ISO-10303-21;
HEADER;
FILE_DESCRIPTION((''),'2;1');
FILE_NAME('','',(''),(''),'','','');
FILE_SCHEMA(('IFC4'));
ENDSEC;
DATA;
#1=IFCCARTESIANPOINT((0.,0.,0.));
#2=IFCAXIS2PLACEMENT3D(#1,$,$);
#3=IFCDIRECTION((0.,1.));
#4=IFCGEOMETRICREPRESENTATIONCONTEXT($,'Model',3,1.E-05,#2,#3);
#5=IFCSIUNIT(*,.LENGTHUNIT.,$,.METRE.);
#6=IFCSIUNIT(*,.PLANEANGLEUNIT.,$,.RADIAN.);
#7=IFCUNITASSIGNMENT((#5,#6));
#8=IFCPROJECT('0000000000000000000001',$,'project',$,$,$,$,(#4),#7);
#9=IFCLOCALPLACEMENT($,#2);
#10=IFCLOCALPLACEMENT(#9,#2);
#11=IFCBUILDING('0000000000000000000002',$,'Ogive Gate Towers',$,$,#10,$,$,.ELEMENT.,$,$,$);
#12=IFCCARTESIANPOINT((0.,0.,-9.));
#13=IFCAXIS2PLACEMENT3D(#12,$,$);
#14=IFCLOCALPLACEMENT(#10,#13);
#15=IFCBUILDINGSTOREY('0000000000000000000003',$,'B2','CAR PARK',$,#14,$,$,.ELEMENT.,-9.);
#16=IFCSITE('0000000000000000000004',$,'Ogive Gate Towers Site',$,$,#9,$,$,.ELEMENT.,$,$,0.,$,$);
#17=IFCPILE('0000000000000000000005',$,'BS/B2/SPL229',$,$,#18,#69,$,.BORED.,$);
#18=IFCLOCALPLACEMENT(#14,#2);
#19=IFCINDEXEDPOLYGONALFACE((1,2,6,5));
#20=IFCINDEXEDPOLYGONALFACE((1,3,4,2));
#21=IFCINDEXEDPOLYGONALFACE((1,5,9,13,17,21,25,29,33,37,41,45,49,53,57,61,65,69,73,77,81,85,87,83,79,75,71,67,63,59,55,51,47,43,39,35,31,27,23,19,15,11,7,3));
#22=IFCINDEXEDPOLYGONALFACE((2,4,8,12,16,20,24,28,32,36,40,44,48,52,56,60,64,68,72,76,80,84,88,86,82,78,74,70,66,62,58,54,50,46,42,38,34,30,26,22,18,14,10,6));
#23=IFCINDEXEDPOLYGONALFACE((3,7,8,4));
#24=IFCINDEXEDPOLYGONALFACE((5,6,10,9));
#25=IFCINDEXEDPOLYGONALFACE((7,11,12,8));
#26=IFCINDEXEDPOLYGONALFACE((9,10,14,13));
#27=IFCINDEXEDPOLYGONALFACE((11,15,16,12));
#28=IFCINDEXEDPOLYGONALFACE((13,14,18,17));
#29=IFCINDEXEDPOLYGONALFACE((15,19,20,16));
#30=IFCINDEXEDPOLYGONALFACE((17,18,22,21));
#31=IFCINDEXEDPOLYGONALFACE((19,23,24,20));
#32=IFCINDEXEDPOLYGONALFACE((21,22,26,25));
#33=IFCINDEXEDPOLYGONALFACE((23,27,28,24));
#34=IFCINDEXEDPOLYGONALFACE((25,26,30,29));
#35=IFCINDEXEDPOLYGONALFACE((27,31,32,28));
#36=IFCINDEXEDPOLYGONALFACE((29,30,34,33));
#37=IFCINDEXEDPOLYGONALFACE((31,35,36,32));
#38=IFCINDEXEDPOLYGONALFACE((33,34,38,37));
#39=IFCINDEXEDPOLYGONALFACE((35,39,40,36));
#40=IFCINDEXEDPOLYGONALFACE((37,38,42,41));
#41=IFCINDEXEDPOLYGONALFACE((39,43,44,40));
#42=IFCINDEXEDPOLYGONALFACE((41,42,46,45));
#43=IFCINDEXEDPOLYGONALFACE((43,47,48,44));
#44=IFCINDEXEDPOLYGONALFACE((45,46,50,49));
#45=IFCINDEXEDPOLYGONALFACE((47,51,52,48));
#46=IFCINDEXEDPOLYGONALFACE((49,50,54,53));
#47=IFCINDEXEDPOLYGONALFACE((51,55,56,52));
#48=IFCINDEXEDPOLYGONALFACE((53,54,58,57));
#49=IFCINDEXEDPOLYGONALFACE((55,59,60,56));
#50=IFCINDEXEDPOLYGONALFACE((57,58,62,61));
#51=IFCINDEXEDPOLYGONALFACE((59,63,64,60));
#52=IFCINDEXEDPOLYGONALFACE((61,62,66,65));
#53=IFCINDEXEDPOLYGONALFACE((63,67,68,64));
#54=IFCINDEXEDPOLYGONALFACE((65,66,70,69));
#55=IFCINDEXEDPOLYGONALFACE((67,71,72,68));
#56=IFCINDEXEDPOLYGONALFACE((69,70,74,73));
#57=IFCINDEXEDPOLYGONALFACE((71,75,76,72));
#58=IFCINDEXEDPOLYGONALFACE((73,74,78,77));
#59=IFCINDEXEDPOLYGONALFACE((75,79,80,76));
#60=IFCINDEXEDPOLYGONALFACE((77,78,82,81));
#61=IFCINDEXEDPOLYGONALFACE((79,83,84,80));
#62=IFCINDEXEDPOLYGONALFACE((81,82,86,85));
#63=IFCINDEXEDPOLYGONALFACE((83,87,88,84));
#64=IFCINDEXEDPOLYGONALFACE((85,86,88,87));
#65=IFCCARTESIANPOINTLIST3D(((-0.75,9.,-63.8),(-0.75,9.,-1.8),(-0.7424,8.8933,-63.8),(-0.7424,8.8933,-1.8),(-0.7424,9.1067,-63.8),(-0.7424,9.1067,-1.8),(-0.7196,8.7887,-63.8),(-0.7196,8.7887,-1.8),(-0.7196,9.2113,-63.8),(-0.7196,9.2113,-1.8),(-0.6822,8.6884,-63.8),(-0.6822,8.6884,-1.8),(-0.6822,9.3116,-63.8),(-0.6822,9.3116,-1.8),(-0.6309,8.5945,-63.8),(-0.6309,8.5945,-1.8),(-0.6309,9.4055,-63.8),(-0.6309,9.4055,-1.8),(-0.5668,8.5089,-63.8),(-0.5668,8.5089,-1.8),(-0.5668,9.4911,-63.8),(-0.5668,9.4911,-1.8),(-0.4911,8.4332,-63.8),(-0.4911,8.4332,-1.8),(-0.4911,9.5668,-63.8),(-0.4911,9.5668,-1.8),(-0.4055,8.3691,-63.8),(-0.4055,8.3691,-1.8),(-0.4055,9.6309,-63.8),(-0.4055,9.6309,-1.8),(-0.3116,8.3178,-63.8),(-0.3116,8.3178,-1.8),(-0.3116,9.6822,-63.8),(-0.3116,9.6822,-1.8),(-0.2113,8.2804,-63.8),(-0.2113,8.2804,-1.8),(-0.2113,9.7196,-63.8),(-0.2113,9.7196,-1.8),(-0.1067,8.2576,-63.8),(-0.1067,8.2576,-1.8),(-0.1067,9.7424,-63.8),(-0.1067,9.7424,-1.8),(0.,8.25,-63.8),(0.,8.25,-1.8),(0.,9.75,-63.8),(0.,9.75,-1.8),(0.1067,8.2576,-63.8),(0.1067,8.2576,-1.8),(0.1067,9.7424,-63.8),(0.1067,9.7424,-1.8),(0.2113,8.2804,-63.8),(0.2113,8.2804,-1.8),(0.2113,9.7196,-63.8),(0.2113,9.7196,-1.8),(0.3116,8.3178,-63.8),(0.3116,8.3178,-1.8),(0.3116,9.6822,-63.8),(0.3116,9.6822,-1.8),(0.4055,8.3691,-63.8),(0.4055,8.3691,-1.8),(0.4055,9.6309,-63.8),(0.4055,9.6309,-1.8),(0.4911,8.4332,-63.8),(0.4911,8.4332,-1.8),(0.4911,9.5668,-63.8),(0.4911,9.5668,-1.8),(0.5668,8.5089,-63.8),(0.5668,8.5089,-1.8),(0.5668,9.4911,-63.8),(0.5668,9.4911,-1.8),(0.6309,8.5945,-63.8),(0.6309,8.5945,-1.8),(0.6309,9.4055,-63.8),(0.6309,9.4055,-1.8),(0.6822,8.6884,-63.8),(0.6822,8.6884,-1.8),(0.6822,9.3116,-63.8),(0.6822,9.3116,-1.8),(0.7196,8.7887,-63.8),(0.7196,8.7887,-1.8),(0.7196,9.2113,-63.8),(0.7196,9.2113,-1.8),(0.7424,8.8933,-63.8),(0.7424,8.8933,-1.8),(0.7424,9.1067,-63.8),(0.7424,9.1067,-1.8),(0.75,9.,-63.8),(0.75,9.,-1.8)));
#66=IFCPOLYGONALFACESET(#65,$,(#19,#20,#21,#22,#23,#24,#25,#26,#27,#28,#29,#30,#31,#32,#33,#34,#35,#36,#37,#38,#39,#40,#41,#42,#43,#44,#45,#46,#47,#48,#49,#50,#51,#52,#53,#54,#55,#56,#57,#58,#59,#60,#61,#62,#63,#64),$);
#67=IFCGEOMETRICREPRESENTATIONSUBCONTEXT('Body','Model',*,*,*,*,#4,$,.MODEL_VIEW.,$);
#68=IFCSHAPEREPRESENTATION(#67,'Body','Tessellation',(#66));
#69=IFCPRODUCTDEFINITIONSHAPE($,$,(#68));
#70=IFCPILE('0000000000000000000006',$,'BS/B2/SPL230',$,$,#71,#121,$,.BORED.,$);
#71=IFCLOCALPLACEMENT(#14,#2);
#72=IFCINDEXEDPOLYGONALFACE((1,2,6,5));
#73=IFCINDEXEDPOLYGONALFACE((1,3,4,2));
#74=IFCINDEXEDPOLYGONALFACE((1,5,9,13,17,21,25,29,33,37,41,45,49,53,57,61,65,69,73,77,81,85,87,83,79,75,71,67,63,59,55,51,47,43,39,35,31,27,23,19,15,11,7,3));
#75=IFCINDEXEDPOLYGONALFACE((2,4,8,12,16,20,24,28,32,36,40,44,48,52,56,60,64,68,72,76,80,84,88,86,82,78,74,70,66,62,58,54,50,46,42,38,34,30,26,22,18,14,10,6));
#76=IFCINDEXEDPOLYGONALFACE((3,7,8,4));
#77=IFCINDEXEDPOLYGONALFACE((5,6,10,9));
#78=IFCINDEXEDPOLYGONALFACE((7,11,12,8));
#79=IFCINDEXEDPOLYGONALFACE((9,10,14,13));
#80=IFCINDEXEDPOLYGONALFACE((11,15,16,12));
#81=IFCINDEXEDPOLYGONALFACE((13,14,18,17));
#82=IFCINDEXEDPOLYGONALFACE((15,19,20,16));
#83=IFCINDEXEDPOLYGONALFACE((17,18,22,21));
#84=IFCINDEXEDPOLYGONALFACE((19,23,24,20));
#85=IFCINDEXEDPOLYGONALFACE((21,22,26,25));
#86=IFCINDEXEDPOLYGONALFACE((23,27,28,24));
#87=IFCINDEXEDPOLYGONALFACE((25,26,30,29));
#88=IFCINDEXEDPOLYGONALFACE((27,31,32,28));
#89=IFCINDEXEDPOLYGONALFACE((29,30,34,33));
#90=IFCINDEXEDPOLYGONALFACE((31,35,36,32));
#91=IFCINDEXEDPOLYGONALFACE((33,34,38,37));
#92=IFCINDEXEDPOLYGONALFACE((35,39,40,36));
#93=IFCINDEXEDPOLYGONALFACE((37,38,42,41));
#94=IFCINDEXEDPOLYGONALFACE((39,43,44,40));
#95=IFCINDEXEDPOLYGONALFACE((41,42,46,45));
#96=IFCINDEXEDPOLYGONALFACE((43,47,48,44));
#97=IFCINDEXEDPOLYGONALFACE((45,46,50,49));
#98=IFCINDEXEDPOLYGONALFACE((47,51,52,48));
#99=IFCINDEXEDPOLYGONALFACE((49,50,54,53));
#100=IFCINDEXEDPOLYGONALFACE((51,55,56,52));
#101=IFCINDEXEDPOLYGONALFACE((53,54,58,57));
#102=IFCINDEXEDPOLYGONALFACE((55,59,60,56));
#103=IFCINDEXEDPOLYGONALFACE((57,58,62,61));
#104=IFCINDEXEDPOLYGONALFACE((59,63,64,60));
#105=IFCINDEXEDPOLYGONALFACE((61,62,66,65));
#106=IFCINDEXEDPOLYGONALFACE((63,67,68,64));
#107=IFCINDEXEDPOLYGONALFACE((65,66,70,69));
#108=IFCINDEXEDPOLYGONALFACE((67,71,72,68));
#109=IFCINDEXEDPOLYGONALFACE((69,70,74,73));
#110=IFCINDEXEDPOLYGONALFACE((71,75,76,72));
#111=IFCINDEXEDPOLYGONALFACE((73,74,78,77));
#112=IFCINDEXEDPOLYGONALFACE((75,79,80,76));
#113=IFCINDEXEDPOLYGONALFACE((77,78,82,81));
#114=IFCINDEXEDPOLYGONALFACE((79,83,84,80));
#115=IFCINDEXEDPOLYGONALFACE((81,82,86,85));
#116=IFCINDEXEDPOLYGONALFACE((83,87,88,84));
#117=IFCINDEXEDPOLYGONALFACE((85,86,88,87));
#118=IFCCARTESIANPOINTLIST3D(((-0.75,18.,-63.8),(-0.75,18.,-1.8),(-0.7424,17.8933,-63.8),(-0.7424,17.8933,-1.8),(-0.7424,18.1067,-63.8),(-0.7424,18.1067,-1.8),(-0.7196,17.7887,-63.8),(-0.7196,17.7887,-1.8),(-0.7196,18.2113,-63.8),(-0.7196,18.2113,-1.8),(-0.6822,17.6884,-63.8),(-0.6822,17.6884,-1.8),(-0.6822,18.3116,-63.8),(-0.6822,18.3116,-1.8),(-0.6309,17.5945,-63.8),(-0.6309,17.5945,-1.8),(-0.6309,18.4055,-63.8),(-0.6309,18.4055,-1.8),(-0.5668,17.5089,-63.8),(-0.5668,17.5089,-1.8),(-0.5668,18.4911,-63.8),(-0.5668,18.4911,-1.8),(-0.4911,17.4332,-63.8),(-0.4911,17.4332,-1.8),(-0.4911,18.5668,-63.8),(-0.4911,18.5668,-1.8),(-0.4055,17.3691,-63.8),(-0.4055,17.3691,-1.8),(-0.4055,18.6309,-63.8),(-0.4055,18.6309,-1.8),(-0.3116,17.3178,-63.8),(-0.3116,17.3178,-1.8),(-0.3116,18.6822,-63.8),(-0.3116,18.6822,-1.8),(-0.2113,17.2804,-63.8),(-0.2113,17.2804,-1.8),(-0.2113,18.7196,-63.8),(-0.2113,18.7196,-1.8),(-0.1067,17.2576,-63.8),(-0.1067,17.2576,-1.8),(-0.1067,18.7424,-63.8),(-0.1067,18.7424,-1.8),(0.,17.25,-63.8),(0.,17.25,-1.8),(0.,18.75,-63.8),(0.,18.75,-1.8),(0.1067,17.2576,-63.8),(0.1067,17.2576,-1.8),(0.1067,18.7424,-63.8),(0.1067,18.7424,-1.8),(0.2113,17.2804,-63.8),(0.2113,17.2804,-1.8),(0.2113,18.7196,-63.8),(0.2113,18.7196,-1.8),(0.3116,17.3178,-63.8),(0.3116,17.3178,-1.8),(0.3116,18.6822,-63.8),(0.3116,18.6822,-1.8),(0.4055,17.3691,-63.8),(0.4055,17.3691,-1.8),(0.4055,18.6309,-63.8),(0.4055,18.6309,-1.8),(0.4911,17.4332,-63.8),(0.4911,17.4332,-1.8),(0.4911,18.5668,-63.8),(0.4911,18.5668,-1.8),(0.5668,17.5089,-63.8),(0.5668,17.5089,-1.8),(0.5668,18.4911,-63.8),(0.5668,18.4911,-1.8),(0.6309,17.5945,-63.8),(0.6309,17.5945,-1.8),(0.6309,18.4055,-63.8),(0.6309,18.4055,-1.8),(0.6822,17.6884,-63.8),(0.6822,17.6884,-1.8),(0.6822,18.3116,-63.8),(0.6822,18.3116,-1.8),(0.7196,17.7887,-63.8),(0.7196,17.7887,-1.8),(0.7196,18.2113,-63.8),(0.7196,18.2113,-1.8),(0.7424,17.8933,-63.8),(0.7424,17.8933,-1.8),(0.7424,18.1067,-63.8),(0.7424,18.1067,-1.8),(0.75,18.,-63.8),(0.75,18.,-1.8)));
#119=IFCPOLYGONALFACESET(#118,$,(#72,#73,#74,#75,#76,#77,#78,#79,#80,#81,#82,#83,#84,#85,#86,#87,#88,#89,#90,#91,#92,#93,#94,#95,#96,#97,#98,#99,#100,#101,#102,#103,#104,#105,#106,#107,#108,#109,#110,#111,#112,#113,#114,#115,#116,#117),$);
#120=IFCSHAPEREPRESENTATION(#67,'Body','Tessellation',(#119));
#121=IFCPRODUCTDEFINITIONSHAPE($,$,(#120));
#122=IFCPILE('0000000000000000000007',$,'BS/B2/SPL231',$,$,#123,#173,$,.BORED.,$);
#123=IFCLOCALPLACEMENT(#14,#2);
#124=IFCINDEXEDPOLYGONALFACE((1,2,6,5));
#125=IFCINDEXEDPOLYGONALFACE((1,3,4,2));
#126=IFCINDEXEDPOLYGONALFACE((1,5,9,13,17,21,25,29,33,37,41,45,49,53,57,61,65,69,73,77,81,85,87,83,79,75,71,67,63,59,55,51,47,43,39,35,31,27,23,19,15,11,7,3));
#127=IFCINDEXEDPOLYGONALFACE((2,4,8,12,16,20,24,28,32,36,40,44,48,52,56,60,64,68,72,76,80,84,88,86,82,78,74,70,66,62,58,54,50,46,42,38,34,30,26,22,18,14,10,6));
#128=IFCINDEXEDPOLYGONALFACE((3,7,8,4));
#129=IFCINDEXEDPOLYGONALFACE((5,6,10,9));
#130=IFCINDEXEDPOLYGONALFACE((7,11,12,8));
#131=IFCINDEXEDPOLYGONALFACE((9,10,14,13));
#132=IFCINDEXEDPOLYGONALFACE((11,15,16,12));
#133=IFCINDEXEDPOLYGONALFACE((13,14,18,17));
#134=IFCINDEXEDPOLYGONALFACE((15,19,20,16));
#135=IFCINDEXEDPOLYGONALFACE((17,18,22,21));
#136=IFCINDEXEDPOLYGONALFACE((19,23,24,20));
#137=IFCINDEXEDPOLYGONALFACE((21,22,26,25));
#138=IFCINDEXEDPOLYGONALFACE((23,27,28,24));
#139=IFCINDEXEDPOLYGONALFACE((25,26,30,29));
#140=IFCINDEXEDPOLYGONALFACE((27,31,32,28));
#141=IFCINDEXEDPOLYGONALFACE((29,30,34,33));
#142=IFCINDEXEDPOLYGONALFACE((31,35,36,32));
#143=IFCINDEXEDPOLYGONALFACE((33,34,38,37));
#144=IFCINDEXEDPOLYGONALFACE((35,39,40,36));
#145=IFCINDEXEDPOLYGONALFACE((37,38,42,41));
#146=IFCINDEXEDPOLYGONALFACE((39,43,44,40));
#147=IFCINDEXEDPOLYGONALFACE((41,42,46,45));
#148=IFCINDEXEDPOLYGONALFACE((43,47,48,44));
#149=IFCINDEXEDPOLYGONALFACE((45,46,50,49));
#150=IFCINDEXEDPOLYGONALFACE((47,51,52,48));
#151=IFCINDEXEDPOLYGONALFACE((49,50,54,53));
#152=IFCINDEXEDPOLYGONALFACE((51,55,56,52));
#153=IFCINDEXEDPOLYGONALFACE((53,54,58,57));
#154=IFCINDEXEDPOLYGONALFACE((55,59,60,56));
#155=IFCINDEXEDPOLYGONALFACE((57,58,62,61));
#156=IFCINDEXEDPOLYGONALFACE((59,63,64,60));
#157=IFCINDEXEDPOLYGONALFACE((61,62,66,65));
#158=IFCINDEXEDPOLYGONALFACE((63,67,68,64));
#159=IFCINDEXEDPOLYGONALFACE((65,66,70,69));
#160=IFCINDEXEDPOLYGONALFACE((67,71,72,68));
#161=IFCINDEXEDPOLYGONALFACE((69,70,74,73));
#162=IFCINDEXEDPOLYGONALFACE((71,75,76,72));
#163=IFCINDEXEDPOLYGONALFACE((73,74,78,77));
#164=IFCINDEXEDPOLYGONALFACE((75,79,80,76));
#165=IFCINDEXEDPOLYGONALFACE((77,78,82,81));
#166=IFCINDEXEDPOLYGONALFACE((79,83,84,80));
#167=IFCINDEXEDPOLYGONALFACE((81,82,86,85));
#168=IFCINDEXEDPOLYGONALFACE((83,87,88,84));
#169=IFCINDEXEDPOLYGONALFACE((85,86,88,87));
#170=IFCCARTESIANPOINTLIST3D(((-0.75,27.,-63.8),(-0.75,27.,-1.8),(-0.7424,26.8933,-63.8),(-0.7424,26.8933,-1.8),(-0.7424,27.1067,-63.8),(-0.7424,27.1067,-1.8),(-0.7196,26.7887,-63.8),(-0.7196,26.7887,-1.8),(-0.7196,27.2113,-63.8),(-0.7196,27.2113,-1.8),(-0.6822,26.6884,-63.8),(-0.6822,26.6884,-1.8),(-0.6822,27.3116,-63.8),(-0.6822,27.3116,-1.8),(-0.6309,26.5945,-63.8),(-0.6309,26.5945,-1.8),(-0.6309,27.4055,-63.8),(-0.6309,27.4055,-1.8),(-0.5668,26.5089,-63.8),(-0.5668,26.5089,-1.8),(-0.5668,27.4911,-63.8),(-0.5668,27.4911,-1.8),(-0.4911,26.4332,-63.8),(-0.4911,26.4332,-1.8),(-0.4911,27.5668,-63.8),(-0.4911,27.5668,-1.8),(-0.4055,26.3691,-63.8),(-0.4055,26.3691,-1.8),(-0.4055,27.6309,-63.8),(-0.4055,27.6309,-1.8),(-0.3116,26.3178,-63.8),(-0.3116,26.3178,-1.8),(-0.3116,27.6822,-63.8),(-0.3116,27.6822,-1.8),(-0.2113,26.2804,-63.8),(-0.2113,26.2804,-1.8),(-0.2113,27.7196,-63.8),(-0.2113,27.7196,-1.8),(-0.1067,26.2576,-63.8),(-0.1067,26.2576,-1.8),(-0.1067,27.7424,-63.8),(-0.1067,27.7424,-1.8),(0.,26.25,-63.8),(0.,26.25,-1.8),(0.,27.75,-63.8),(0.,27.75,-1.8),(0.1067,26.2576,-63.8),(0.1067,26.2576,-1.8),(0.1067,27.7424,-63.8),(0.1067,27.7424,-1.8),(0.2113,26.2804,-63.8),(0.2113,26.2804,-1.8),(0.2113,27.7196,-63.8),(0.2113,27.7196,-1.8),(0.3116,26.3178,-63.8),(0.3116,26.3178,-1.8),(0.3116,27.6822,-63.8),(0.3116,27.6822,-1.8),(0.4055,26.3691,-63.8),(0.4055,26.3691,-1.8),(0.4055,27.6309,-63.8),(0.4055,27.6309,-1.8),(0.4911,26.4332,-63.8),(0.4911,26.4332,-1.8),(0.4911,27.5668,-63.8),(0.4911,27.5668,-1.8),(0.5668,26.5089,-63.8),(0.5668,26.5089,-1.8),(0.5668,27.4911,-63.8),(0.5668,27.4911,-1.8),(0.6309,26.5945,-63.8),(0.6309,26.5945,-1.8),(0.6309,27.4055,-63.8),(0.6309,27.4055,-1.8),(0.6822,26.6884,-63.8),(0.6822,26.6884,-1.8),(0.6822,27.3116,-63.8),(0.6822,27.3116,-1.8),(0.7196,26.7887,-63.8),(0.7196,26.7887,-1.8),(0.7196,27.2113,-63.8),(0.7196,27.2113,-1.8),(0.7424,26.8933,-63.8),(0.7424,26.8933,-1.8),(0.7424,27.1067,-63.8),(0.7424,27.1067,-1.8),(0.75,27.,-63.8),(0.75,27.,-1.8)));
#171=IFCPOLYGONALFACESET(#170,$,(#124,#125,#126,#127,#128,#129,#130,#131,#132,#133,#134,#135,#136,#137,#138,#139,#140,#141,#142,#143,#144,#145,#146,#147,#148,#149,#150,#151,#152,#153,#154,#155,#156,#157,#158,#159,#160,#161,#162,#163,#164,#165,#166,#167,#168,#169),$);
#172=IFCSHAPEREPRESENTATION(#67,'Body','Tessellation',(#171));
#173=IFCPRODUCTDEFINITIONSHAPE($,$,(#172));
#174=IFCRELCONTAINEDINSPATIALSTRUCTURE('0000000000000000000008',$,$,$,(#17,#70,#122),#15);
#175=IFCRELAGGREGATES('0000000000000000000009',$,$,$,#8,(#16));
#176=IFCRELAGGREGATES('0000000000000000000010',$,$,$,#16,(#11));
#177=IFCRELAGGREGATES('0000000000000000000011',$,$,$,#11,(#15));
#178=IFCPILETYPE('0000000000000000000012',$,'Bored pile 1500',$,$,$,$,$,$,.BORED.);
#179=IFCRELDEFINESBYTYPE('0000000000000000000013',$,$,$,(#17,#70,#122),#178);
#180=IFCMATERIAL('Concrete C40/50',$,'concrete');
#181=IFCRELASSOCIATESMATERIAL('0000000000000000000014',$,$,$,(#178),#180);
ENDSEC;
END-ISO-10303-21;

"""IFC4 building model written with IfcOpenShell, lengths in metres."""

from ifc_helpers import new_model, si_unit, direction, frame, origin, origin_2d, place, context, subcontext, project, spatial, circle, extrude, material, material_profile, profile_set, type_object, element, save


model = new_model("IFC4")

# Units and contexts
model_context = context("Model", 3, precision=1e-05, world=origin(), true_north=direction((0.0, 1.0)))
body_context = subcontext(model_context, "Body", "Model", "MODEL_VIEW")
ifc_project = project(units=[si_unit("LENGTHUNIT", "METRE"), si_unit("PLANEANGLEUNIT", "RADIAN")], contexts=[model_context])

# Site, building, storey
site_placement = place(None, origin())
site = spatial("IfcSite", under=ifc_project, at=site_placement, Name="Ogive Gate Towers Site", CompositionType="ELEMENT", RefElevation=0.0)
building_placement = place(site_placement, origin())
building = spatial("IfcBuilding", under=site, at=building_placement, Name="Ogive Gate Towers", CompositionType="ELEMENT")
storey_placement = place(building_placement, frame((0.0, 0.0, -9.0)))
storey = spatial("IfcBuildingStorey", under=building, at=storey_placement, Name="B2", Description="CAR PARK", CompositionType="ELEMENT", Elevation=-9.0)

# Piles
ifc_material_1 = material(Name="Concrete C40/50", Category="concrete")
ifc_material_profile_1 = material_profile(ifc_material_1, circle(Radius=0.75, at=origin_2d()), Name="BP 1500")
ifc_profile_set_1 = profile_set([ifc_material_profile_1], Name="Concrete C40/50")
pile_type_1 = type_object("IfcPileType", Name="Bored pile 1500", PredefinedType="BORED", material=ifc_profile_set_1)
for number, where, z_axis, x_axis, name in (
    (1, (0.0, 9.0, -1.8), (0.0, 0.0, -1.0), (1.0, 0.0, 0.0), "BS/B2/SPL229"),
    (2, (0.0, 18.0, -1.8), (0.0, 0.0, -1.0), (1.0, 0.0, 0.0), "BS/B2/SPL230"),
    (3, (0.0, 27.0, -1.8), (0.0, 0.0, -1.0), (1.0, 0.0, 0.0), "BS/B2/SPL231"),
):
    element("IfcPile", number, at=place(storey_placement, frame(where, z_axis=z_axis, x_axis=x_axis)), inside=storey, type_object=pile_type_1, Name=name, PredefinedType="BORED", context=body_context, shape_type="SweptSolid", body=[
        extrude(circle(Radius=0.75, at=origin_2d()), origin(), (0.0, 0.0, 1.0), 62.0),
    ])

save(model, "model.ifc")
